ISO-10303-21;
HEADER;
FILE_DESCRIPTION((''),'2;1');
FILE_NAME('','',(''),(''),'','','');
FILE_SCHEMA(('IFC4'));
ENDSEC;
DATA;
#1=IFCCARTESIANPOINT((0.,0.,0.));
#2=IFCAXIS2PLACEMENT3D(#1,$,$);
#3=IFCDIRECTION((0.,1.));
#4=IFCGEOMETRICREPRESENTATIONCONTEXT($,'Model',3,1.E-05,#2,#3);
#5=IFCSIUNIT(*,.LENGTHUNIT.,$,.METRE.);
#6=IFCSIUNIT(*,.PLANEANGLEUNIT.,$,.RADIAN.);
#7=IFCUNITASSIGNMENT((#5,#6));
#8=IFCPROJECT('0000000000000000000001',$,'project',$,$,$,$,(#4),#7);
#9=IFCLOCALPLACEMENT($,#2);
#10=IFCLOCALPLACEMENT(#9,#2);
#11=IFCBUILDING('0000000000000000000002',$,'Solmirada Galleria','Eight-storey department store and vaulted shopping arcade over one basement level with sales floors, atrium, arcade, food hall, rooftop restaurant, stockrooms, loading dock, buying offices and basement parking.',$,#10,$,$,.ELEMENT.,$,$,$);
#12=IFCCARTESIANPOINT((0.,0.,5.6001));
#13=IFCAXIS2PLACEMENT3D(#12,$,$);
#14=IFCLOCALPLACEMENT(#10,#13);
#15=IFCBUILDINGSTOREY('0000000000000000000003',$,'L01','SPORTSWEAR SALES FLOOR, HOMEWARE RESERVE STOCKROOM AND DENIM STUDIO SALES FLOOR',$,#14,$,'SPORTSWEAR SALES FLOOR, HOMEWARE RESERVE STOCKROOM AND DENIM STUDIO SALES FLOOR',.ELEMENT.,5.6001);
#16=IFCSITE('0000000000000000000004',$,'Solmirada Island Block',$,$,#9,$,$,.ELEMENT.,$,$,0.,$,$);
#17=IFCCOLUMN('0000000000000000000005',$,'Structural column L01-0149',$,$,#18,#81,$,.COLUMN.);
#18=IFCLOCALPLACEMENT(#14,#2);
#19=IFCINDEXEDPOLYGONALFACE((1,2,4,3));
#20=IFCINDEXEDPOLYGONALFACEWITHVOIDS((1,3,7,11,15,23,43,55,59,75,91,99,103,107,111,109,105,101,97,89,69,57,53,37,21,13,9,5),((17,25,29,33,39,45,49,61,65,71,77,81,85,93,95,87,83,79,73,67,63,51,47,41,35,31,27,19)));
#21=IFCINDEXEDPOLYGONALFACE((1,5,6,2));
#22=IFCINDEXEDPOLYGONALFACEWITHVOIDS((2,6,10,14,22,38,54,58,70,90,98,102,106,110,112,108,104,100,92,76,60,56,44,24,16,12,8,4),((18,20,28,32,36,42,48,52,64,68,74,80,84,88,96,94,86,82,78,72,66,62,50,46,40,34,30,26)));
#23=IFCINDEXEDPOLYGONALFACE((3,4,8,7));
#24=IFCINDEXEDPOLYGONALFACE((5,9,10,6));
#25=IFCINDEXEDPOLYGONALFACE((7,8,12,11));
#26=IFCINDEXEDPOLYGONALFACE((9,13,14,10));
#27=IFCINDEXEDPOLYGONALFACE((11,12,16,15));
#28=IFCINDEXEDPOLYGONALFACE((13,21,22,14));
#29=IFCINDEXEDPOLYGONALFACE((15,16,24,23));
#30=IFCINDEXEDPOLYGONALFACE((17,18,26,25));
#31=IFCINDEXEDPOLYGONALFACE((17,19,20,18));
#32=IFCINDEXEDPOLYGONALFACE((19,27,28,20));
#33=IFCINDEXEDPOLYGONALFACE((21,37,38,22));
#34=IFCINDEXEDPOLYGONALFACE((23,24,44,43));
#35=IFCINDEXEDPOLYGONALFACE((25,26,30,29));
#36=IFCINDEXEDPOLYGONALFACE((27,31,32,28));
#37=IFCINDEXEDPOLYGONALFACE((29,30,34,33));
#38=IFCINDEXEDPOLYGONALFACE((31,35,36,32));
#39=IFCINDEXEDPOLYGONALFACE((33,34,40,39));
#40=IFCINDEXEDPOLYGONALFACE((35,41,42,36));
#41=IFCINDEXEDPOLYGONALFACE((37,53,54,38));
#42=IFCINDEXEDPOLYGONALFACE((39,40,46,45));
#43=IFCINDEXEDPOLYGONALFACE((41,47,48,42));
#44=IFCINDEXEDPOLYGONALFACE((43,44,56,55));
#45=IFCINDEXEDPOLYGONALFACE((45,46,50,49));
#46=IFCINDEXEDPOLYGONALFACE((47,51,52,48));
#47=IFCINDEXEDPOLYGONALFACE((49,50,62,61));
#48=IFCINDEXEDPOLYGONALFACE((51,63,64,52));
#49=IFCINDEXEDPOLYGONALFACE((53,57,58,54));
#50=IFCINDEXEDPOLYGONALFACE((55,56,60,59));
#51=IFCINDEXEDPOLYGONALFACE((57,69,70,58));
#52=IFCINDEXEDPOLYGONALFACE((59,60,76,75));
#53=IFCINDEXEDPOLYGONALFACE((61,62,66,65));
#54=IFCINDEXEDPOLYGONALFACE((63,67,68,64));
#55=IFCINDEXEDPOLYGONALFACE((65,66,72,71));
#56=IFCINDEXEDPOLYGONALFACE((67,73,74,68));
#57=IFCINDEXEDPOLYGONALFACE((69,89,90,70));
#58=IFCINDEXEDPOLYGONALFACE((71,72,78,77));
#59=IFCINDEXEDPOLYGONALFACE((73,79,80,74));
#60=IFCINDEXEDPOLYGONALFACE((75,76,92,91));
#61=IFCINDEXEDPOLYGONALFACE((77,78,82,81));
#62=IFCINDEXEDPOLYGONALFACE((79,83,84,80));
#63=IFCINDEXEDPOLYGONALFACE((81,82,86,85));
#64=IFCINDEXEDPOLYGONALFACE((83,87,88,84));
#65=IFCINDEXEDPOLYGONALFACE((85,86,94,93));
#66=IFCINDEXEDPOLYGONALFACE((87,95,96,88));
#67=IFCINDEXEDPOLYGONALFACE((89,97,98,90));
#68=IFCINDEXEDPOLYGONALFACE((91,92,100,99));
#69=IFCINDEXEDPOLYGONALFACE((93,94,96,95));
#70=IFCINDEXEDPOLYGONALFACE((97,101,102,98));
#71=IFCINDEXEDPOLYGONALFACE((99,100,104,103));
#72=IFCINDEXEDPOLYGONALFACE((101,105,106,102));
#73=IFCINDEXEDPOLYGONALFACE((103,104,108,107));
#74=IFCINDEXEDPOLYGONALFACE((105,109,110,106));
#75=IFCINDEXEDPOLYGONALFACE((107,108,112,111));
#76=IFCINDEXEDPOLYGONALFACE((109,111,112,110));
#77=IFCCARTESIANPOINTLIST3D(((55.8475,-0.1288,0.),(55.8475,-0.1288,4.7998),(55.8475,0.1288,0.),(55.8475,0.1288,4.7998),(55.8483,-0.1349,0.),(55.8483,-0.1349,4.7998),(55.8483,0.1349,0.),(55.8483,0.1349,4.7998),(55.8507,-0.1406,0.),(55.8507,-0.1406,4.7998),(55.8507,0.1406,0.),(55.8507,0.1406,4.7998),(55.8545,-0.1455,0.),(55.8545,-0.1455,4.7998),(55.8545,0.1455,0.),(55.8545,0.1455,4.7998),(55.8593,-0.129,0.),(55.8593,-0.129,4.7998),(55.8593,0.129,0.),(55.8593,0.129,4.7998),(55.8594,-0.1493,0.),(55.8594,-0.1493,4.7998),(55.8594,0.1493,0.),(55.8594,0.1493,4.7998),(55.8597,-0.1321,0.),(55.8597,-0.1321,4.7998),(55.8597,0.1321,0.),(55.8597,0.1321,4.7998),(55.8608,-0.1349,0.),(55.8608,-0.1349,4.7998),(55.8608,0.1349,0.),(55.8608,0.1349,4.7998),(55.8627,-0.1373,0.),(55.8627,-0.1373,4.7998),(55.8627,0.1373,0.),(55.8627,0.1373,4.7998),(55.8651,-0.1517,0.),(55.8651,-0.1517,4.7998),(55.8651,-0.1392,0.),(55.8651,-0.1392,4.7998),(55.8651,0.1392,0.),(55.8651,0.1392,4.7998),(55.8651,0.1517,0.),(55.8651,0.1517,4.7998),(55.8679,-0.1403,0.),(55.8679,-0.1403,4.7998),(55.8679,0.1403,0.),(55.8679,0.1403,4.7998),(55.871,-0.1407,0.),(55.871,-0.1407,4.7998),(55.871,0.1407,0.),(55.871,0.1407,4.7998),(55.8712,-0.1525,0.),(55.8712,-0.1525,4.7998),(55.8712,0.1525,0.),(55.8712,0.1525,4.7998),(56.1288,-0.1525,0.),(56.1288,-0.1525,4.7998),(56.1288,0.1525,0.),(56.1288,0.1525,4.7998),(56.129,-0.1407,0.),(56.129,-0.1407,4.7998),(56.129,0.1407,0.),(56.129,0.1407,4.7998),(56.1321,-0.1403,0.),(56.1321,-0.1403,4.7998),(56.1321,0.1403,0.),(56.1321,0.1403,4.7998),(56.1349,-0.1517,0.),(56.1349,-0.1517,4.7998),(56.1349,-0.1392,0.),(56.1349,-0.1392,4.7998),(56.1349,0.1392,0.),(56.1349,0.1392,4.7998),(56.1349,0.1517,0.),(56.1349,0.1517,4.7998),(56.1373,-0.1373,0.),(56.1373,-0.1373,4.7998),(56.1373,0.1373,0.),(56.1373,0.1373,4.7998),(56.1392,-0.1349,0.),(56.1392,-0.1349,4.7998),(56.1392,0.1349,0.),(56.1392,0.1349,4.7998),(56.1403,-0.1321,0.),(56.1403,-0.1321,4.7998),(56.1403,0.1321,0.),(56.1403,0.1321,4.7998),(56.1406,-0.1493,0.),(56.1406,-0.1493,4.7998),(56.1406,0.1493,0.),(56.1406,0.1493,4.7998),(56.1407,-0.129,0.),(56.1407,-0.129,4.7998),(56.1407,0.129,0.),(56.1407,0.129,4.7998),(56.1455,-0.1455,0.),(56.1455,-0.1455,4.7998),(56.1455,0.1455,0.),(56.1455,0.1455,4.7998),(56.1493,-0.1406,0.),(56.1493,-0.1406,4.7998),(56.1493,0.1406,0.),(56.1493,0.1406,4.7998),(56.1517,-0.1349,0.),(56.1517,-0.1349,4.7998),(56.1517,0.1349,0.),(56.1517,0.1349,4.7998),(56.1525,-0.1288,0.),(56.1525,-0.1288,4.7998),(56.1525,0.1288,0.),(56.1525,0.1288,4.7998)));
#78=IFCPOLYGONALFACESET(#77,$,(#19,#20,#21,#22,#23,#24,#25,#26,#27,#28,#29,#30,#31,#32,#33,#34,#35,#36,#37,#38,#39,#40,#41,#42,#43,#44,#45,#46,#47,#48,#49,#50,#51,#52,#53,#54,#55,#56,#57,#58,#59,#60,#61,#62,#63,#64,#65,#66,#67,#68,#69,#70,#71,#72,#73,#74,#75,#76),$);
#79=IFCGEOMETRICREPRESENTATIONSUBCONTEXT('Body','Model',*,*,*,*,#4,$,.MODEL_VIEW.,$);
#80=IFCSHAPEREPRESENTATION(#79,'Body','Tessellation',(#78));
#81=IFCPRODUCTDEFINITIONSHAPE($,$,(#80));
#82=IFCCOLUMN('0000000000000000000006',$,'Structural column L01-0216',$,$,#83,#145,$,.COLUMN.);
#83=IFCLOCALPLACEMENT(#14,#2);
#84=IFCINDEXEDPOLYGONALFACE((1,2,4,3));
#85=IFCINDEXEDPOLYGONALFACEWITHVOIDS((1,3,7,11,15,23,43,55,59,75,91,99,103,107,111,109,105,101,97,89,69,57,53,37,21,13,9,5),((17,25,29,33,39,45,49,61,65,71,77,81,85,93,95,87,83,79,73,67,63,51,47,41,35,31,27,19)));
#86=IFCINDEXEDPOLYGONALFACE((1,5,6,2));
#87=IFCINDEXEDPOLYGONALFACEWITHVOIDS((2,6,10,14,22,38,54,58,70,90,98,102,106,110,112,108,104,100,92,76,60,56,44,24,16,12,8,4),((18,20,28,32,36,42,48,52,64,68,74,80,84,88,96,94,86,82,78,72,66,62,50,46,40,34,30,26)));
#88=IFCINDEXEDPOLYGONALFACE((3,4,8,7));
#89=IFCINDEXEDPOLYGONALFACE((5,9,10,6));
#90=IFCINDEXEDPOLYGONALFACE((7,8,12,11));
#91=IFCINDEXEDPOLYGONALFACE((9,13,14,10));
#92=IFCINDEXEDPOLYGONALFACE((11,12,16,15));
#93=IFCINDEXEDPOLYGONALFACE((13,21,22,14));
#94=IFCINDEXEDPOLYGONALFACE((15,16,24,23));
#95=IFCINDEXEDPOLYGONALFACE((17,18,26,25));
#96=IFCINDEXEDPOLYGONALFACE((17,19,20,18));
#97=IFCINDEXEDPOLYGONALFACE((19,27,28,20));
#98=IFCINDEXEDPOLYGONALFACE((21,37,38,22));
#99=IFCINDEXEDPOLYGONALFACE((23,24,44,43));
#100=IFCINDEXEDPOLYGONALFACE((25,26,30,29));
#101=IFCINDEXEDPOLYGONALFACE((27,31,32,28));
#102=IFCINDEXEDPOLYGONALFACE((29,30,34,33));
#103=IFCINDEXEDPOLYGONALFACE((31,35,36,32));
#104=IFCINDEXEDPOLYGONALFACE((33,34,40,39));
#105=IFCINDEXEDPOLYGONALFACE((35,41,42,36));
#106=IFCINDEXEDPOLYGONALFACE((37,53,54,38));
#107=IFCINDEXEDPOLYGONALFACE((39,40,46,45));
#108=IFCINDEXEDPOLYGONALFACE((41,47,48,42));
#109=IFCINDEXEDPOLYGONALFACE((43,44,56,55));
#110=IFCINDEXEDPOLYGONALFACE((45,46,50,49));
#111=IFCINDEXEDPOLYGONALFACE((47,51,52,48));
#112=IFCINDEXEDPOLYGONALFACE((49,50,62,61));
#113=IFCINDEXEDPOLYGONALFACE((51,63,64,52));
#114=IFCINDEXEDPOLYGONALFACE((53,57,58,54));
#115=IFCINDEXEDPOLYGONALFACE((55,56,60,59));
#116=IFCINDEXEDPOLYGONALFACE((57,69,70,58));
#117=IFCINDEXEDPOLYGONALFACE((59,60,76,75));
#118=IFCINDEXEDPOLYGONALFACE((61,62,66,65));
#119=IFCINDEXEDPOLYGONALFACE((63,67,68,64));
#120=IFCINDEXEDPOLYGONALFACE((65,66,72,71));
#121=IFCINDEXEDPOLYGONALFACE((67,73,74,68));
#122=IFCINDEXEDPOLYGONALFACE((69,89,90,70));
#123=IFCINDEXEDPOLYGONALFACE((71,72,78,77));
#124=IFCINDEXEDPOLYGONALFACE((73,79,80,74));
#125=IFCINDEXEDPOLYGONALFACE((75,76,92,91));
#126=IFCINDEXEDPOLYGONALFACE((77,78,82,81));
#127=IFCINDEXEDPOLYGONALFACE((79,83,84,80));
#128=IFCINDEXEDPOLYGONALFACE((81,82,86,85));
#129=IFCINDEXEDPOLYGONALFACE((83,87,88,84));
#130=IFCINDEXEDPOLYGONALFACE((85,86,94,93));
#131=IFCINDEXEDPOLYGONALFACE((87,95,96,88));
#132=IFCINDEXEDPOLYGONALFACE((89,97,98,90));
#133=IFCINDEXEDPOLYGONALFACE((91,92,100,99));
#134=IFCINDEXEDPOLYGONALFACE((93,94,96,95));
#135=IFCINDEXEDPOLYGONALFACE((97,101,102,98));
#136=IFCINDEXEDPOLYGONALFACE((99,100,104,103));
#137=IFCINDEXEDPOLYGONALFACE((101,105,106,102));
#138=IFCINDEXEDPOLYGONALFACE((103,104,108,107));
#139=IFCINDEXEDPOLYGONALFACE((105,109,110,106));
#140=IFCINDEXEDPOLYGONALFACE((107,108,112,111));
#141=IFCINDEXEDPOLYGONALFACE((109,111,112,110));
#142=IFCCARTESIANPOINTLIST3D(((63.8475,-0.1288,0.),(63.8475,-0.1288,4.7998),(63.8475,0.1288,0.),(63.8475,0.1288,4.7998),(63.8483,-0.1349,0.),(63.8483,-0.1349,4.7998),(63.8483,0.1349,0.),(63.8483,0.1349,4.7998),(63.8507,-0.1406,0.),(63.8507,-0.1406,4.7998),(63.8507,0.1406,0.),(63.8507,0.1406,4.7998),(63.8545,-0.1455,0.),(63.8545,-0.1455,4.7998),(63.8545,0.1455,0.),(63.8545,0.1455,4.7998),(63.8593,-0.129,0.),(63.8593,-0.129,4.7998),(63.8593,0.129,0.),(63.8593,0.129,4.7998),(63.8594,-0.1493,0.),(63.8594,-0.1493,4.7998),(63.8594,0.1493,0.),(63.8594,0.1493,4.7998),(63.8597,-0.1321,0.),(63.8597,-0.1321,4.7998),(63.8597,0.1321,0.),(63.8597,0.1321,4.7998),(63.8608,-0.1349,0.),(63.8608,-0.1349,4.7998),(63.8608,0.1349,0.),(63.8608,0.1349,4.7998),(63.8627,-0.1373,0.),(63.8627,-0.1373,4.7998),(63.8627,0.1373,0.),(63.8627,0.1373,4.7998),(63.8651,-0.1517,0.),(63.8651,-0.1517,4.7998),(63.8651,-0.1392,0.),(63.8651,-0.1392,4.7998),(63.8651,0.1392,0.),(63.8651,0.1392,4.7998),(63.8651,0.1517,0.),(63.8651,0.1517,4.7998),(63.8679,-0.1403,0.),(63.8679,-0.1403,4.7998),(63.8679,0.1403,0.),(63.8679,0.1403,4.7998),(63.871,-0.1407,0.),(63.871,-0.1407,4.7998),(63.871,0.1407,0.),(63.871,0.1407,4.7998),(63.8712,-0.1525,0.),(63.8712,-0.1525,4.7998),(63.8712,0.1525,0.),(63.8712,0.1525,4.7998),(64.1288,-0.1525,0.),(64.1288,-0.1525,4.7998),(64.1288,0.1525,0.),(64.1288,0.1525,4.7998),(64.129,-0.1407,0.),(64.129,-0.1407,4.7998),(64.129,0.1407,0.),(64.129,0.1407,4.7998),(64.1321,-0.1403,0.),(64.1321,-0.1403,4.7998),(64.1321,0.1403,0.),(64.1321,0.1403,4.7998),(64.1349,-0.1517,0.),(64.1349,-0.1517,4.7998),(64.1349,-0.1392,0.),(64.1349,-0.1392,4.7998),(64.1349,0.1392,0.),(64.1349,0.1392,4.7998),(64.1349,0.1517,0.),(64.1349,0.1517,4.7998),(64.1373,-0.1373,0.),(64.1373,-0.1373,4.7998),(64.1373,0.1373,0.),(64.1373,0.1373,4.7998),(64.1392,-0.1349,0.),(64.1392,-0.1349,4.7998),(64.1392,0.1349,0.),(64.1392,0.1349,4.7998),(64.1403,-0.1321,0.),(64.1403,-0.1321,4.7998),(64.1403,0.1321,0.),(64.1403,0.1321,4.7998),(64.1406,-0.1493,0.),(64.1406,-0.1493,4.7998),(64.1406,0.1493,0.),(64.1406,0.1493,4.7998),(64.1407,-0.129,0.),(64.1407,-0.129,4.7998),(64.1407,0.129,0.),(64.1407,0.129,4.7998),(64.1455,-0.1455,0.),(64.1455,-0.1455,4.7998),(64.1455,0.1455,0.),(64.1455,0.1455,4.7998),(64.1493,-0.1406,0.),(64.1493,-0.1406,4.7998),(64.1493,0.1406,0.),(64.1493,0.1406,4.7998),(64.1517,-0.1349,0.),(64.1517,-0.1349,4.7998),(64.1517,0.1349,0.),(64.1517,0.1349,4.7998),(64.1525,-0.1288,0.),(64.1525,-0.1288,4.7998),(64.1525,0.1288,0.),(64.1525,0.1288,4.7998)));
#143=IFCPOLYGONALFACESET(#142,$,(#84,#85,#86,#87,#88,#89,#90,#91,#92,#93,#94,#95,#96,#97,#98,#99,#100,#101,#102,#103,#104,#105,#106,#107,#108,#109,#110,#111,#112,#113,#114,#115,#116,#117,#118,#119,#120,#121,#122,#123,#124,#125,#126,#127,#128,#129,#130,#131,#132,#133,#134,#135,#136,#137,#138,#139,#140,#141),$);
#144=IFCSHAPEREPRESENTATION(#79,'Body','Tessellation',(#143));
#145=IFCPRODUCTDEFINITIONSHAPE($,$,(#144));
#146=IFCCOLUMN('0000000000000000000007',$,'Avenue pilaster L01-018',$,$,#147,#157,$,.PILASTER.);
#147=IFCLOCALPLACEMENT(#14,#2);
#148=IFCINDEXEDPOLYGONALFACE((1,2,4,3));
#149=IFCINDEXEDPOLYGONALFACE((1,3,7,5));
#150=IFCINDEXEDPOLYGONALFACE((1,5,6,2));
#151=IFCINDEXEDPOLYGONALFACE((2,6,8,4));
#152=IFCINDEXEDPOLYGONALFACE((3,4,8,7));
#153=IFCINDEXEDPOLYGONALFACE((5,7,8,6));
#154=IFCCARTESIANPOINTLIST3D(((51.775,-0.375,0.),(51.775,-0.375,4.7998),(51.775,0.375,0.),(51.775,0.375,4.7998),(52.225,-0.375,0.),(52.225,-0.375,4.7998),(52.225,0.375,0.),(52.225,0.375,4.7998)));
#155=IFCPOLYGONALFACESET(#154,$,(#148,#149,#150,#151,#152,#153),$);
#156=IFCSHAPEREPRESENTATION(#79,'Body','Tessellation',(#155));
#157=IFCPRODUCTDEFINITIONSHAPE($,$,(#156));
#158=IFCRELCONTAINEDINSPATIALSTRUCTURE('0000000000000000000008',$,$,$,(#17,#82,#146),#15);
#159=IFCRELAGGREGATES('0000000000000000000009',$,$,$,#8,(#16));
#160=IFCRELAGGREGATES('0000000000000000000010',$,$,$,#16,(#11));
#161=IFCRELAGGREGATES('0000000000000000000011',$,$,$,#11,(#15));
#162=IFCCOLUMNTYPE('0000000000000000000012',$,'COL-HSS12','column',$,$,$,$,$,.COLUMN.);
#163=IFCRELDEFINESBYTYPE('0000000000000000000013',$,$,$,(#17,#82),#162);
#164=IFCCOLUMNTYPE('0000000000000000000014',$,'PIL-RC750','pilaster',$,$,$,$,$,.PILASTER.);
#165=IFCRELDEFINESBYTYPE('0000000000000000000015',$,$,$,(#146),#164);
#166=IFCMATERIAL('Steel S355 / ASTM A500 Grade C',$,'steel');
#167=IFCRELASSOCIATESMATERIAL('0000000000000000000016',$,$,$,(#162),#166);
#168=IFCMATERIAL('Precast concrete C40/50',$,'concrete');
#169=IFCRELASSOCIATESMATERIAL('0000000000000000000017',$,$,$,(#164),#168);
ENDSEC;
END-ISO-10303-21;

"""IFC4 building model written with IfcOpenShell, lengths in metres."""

from ifc_helpers import new_model, si_unit, direction, frame, origin, origin_2d, place, context, subcontext, project, spatial, rectangle, hollow_rectangle, extrude, material, material_profile, profile_set, type_object, element, save


model = new_model("IFC4")

# Units and contexts
model_context = context("Model", 3, precision=1e-05, world=origin(), true_north=direction((0.0, 1.0)))
body_context = subcontext(model_context, "Body", "Model", "MODEL_VIEW")
ifc_project = project(units=[si_unit("LENGTHUNIT", "METRE"), si_unit("PLANEANGLEUNIT", "RADIAN")], contexts=[model_context])

# Site, building, storey
site_placement = place(None, origin())
site = spatial("IfcSite", under=ifc_project, at=site_placement, Name="Solmirada Island Block", CompositionType="ELEMENT", RefElevation=0.0)
building_placement = place(site_placement, origin())
building = spatial("IfcBuilding", under=site, at=building_placement, Name="Solmirada Galleria", Description="Eight-storey department store and vaulted shopping arcade over one basement level with sales floors, atrium, arcade, food hall, rooftop restaurant, stockrooms, loading dock, buying offices and basement parking.", CompositionType="ELEMENT")
storey_placement = place(building_placement, frame((0.0, 0.0, 5.6001)))
storey = spatial("IfcBuildingStorey", under=building, at=storey_placement, Name="L01", Description="SPORTSWEAR SALES FLOOR, HOMEWARE RESERVE STOCKROOM AND DENIM STUDIO SALES FLOOR", LongName="SPORTSWEAR SALES FLOOR, HOMEWARE RESERVE STOCKROOM AND DENIM STUDIO SALES FLOOR", CompositionType="ELEMENT", Elevation=5.6001)

# Columns
ifc_material_1 = material(Name="Steel S355 / ASTM A500 Grade C", Category="steel")
ifc_material_profile_1 = material_profile(ifc_material_1, hollow_rectangle(XDim=0.3049, YDim=0.3049, WallThickness=0.0117, InnerFilletRadius=0.0117, OuterFilletRadius=0.0237, at=origin_2d()), Name="HSS12X12X1/2")
ifc_profile_set_1 = profile_set([ifc_material_profile_1], Name="Steel S355 / ASTM A500 Grade C")
column_type_1 = type_object("IfcColumnType", Name="COL-HSS12", Description="column", PredefinedType="COLUMN", material=ifc_profile_set_1)
for number, where, z_axis, x_axis, name in (
    (1, (56.0, 0.0, 0.0), (0.0, 0.0, 1.0), (1.0, 0.0, 0.0), "Structural column L01-0149"),
    (2, (64.0, 0.0, 0.0), (0.0, 0.0, 1.0), (1.0, 0.0, 0.0), "Structural column L01-0216"),
):
    element("IfcColumn", number, at=place(storey_placement, frame(where, z_axis=z_axis, x_axis=x_axis)), inside=storey, type_object=column_type_1, Name=name, PredefinedType="COLUMN", context=body_context, shape_type="SweptSolid", body=[
        extrude(hollow_rectangle(XDim=0.3049, YDim=0.3049, WallThickness=0.0117, InnerFilletRadius=0.0117, OuterFilletRadius=0.0237, at=origin_2d()), origin(), (0.0, 0.0, 1.0), 4.7998),
    ])
ifc_material_2 = material(Name="Precast concrete C40/50", Category="concrete")
ifc_material_profile_2 = material_profile(ifc_material_2, rectangle(XDim=0.45, YDim=0.75, at=origin_2d()), Name="RC750X450")
ifc_profile_set_2 = profile_set([ifc_material_profile_2], Name="Precast concrete C40/50")
column_type_2 = type_object("IfcColumnType", Name="PIL-RC750", Description="pilaster", PredefinedType="PILASTER", material=ifc_profile_set_2)
column_placement = place(storey_placement, frame((52.0, 0.0, 0.0), z_axis=(0.0, 0.0, 1.0), x_axis=(1.0, 0.0, 0.0)))
element("IfcColumn", 3, at=column_placement, inside=storey, type_object=column_type_2, Name="Avenue pilaster L01-018", PredefinedType="PILASTER", context=body_context, shape_type="SweptSolid", body=[
    extrude(rectangle(XDim=0.45, YDim=0.75, at=origin_2d()), origin(), (0.0, 0.0, 1.0), 4.7998),
])

save(model, "model.ifc")
